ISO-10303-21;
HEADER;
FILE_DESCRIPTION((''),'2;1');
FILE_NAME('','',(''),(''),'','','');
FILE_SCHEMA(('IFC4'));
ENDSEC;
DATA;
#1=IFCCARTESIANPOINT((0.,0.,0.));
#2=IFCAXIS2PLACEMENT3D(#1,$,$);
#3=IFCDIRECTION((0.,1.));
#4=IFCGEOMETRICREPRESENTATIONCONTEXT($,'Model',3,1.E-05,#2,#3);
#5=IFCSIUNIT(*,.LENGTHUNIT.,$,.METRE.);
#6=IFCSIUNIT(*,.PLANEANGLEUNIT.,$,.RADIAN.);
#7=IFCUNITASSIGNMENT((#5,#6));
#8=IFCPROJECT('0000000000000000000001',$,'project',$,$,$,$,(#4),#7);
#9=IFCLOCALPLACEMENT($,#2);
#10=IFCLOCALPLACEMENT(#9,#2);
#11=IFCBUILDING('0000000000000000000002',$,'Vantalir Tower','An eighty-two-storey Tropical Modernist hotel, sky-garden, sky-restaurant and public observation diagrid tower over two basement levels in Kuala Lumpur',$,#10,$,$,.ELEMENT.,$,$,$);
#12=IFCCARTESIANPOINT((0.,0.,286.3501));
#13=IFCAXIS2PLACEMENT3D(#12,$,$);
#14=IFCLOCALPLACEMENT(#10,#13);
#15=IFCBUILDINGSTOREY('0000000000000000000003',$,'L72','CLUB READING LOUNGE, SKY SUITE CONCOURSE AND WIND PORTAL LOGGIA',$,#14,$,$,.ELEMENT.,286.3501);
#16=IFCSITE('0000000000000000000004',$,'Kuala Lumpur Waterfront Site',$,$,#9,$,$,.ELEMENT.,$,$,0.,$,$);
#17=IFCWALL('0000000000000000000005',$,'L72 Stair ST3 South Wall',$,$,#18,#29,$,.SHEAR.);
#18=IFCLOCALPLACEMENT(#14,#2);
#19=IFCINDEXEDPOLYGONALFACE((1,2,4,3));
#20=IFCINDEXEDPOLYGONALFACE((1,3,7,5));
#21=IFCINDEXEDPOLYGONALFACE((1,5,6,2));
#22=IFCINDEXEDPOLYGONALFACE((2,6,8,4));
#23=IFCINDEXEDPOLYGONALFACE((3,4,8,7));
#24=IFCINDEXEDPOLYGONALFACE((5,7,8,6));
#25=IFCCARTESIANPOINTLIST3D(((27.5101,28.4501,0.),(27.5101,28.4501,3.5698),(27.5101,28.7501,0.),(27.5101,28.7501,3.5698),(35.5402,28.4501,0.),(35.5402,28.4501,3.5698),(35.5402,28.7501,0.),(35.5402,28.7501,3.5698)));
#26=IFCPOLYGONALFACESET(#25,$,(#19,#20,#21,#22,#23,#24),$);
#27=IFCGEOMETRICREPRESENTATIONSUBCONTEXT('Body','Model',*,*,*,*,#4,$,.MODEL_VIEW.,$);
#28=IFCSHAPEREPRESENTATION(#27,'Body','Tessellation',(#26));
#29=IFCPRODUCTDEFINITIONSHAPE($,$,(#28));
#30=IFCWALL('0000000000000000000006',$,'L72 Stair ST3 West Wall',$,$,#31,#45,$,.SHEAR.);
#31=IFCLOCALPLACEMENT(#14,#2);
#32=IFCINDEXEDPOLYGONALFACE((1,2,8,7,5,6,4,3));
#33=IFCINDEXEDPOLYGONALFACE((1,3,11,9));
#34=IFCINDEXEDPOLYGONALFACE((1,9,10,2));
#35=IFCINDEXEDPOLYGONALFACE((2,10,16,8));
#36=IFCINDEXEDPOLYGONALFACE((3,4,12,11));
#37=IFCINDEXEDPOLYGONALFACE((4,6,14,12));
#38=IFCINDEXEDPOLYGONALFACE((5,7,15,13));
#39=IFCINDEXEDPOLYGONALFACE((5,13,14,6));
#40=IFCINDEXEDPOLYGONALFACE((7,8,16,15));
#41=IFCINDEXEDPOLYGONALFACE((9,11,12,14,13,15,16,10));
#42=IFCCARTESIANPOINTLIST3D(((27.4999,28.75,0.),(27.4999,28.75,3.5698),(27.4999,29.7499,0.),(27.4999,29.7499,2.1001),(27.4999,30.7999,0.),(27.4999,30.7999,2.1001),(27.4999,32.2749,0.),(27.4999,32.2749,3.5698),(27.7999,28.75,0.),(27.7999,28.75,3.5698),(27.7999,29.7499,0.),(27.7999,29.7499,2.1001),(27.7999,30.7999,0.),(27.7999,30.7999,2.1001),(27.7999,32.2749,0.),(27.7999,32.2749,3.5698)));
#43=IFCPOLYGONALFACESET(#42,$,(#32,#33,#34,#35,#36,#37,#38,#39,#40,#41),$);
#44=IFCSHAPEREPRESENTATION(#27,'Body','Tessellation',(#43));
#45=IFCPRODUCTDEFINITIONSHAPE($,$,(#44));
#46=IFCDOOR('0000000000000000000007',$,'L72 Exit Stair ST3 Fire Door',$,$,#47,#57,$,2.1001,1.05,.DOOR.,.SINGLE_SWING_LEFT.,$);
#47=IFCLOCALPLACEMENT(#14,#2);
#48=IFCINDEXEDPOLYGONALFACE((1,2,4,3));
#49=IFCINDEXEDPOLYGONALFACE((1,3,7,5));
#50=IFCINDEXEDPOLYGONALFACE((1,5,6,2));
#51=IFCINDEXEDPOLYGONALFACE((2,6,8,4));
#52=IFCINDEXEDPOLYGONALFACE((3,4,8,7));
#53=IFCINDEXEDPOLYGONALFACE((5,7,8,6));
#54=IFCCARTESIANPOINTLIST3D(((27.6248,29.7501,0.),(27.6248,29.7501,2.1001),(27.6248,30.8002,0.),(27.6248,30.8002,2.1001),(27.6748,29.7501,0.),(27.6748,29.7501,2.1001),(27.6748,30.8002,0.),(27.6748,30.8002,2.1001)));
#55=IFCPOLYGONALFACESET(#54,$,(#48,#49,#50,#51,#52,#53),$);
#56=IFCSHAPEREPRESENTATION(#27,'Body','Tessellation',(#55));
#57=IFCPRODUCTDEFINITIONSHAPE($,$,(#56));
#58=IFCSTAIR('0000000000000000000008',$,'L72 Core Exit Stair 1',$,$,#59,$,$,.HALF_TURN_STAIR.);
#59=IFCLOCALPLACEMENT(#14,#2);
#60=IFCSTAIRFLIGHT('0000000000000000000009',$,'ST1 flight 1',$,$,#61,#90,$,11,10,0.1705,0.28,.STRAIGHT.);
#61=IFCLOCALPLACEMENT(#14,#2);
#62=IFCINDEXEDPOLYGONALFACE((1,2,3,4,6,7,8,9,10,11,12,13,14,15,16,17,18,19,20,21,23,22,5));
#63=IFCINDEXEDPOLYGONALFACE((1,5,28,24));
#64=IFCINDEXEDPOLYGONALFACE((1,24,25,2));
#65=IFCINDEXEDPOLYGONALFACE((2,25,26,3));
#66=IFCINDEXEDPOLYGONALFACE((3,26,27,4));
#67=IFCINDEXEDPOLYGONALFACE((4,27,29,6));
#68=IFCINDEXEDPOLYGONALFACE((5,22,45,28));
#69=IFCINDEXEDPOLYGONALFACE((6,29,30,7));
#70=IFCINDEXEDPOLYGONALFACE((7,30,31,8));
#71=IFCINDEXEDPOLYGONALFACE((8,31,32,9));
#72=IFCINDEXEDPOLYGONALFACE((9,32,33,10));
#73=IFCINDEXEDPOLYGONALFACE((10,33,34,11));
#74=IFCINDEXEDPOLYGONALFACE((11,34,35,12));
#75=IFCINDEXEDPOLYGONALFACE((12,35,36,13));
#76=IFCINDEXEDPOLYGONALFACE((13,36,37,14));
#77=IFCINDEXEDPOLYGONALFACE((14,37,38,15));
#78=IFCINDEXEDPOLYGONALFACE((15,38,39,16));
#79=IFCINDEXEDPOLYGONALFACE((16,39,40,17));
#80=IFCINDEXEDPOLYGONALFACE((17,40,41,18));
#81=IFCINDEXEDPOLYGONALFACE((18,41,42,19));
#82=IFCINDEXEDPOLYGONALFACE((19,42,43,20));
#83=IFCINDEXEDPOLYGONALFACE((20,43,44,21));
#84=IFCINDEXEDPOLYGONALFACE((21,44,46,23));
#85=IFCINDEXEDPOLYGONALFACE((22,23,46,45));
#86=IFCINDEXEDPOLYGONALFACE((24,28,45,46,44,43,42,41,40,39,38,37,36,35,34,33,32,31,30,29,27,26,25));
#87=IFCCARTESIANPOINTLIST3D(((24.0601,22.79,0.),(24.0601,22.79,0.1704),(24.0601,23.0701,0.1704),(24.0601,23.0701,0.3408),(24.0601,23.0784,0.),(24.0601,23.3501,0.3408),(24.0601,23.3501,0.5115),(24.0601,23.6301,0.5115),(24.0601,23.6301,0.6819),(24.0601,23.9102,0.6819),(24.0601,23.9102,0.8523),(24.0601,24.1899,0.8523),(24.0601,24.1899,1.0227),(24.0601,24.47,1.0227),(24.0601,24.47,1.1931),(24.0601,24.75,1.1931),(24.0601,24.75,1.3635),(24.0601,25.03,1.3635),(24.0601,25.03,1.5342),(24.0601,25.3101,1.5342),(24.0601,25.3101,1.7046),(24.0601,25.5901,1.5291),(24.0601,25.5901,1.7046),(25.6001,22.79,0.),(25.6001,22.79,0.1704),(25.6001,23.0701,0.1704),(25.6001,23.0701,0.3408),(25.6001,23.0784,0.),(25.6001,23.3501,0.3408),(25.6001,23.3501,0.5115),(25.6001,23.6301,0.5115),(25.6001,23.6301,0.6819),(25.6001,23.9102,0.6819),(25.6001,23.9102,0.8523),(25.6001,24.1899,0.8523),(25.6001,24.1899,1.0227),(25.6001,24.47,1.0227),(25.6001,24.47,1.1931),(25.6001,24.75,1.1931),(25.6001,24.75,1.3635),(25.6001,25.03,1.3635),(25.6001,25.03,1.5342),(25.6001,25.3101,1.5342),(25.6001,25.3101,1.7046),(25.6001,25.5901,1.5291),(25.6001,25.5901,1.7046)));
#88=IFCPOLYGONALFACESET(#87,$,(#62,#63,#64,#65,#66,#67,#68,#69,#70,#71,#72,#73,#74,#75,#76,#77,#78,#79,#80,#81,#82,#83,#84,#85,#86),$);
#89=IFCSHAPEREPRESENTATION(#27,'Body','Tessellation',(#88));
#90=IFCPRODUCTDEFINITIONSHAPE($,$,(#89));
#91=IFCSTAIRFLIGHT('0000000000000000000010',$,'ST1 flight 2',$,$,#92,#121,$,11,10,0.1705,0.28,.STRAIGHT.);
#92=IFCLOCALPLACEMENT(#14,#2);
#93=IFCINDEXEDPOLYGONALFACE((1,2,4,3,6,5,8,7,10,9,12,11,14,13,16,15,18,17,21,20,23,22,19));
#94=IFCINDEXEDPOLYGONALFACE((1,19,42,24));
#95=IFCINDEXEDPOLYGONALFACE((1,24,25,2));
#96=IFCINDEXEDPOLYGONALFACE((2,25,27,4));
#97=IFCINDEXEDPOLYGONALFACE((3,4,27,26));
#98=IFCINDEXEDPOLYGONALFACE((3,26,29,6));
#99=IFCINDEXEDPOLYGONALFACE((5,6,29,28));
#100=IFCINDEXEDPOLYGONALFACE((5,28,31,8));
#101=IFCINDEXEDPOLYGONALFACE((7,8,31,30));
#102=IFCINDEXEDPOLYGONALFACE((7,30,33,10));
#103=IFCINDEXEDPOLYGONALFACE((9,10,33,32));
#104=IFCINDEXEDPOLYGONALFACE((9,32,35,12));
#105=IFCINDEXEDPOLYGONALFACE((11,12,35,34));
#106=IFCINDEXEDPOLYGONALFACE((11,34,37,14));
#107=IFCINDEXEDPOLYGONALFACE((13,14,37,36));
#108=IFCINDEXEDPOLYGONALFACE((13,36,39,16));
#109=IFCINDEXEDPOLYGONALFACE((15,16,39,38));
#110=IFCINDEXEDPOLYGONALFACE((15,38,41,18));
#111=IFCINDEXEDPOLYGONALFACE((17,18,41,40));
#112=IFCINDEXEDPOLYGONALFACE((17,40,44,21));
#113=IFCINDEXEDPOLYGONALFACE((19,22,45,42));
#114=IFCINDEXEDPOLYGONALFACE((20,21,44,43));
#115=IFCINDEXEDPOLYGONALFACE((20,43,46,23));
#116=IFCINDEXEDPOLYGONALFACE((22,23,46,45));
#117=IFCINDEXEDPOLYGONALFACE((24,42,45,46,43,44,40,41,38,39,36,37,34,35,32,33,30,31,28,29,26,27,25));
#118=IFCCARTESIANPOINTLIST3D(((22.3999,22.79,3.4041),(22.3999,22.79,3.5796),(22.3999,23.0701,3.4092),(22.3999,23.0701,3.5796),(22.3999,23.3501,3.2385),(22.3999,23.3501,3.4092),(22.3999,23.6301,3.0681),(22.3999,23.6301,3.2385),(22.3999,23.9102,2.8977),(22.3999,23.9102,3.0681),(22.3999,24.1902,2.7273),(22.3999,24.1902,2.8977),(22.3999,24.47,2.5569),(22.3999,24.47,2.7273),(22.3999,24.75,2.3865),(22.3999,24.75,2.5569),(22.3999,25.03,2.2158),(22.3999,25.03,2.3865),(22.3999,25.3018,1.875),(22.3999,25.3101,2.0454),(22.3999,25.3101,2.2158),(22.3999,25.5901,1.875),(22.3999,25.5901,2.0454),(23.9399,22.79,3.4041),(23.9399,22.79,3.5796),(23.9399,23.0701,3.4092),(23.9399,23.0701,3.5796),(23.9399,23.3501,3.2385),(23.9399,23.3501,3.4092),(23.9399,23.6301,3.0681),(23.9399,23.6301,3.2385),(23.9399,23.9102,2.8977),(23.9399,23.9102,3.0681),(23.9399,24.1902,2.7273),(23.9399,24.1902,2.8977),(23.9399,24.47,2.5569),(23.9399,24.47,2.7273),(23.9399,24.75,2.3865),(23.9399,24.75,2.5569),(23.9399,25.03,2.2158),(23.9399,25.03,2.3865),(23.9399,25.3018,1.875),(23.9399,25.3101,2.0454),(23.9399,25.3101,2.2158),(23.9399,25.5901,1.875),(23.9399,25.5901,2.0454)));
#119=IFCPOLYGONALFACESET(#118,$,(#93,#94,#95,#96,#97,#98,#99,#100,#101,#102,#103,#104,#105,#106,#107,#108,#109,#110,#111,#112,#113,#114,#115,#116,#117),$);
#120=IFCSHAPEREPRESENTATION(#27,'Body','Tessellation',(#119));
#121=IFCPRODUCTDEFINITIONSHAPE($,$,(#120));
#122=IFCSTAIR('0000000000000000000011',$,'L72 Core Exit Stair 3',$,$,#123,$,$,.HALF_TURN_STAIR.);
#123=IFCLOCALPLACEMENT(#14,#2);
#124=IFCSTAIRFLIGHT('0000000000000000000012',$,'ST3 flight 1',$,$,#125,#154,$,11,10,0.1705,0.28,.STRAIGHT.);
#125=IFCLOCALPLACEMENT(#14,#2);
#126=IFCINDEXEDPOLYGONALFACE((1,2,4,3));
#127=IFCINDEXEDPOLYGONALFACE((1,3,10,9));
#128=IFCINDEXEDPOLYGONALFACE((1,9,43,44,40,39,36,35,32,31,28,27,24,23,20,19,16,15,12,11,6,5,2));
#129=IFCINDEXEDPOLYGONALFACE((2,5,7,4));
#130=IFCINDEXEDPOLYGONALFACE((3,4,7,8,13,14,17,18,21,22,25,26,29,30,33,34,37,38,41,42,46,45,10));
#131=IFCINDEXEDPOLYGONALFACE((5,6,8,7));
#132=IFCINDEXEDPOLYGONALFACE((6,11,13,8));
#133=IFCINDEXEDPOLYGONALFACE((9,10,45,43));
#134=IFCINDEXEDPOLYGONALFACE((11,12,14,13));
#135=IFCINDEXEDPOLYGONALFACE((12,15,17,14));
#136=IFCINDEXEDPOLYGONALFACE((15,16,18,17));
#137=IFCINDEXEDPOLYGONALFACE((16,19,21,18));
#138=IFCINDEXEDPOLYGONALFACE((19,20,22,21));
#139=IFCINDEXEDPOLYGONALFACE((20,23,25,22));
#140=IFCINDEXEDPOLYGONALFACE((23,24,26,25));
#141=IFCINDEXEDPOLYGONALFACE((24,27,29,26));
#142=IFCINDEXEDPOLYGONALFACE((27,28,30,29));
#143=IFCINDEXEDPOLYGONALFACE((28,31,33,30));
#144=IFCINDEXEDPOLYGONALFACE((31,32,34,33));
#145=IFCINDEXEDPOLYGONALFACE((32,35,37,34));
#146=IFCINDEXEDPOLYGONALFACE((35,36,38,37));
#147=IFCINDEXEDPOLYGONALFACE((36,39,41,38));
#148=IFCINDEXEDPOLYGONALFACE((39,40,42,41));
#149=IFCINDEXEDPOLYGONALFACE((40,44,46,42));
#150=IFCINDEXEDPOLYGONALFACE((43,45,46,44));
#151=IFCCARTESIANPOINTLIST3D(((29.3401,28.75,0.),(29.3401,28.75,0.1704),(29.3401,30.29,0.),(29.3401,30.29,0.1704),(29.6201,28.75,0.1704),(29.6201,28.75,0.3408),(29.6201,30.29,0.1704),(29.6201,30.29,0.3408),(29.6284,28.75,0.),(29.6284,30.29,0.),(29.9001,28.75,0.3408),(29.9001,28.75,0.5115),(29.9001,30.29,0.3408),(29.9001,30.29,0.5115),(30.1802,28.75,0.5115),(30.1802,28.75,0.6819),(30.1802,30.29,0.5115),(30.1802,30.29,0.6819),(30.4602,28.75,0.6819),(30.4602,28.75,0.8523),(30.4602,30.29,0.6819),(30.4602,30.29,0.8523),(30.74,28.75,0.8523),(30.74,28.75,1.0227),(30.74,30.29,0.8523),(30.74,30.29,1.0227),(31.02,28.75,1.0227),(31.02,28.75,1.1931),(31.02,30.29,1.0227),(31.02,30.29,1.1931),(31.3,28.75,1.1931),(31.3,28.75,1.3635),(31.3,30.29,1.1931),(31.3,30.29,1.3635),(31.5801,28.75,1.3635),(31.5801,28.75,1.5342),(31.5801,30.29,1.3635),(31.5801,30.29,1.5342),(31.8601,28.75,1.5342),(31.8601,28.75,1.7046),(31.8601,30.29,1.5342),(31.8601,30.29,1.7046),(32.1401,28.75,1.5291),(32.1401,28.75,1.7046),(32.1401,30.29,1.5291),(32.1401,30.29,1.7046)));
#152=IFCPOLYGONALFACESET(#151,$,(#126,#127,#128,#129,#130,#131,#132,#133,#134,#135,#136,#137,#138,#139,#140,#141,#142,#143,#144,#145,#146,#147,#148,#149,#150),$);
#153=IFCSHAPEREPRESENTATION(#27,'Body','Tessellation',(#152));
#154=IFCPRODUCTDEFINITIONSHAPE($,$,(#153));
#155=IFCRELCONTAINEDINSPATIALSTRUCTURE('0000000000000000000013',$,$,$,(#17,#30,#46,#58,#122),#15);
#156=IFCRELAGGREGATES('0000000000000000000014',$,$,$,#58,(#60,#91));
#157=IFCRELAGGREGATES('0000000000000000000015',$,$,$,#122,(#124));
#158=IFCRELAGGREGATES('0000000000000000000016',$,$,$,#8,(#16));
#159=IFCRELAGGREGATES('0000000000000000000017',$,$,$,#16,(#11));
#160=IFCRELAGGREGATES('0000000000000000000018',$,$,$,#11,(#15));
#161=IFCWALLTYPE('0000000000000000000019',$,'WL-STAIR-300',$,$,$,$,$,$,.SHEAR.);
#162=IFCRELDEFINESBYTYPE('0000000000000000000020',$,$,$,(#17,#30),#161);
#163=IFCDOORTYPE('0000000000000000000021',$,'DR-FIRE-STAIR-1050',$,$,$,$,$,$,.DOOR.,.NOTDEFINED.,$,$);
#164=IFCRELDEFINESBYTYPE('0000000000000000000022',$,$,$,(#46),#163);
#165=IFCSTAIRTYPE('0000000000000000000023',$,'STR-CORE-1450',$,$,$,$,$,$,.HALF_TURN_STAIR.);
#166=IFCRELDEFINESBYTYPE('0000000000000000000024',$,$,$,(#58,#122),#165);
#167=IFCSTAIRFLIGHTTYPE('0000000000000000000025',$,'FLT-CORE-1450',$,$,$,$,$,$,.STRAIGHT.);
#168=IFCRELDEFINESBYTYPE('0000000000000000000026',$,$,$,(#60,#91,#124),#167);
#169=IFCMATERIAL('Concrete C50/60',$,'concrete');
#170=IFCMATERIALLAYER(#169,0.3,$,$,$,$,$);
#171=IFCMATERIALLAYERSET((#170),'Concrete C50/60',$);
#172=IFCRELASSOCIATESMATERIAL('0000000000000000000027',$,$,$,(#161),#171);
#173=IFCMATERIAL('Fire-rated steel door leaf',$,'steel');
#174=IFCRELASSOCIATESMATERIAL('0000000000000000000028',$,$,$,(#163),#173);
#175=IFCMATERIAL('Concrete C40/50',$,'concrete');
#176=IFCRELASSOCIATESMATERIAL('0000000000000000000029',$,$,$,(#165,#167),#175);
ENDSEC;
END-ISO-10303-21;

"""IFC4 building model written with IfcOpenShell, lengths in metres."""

from ifc_helpers import new_model, si_unit, direction, frame, frame_2d, origin, place, context, subcontext, project, spatial, polyline, rectangle, outline, extrude, material, layer, layer_set, type_object, element, fill, aggregate, save


model = new_model("IFC4")

# Units and contexts
model_context = context("Model", 3, precision=1e-05, world=origin(), true_north=direction((0.0, 1.0)))
body_context = subcontext(model_context, "Body", "Model", "MODEL_VIEW")
ifc_project = project(units=[si_unit("LENGTHUNIT", "METRE"), si_unit("PLANEANGLEUNIT", "RADIAN")], contexts=[model_context])

# Site, building, storey
site_placement = place(None, origin())
site = spatial("IfcSite", under=ifc_project, at=site_placement, Name="Kuala Lumpur Waterfront Site", CompositionType="ELEMENT", RefElevation=0.0)
building_placement = place(site_placement, origin())
building = spatial("IfcBuilding", under=site, at=building_placement, Name="Vantalir Tower", Description="An eighty-two-storey Tropical Modernist hotel, sky-garden, sky-restaurant and public observation diagrid tower over two basement levels in Kuala Lumpur", CompositionType="ELEMENT")
storey_placement = place(building_placement, frame((0.0, 0.0, 286.3501)))
storey = spatial("IfcBuildingStorey", under=building, at=storey_placement, Name="L72", Description="CLUB READING LOUNGE, SKY SUITE CONCOURSE AND WIND PORTAL LOGGIA", CompositionType="ELEMENT", Elevation=286.3501)

# Wall
ifc_material_1 = material(Name="Concrete C50/60", Category="concrete")
ifc_layer_1 = layer(ifc_material_1, 0.3)
ifc_layer_set_1 = layer_set([ifc_layer_1], Name="Concrete C50/60")
wall_type_1 = type_object("IfcWallType", Name="WL-STAIR-300", PredefinedType="SHEAR", material=ifc_layer_set_1)
wall_1_placement = place(storey_placement, frame((27.51, 28.6001, 0.0), z_axis=(0.0, 0.0, 1.0), x_axis=(1.0, 0.0, 0.0)))
element("IfcWall", 1, at=wall_1_placement, inside=storey, type_object=wall_type_1, Name="L72 Stair ST3 South Wall", PredefinedType="SHEAR", context=body_context, shape_type="SweptSolid", body=[
    extrude(rectangle(XDim=8.03, YDim=0.3, at=frame_2d((4.0151, 0.0))), origin(), (0.0, 0.0, 1.0), 3.5698),
])

# Wall, opening, door
wall_2_placement = place(storey_placement, frame((27.6499, 28.75, 0.0), z_axis=(0.0, 0.0, 1.0), x_axis=(0.0, 1.0, 0.0)))
wall_2 = element("IfcWall", 2, at=wall_2_placement, inside=storey, type_object=wall_type_1, Name="L72 Stair ST3 West Wall", PredefinedType="SHEAR", context=body_context, shape_type="SweptSolid", body=[
    extrude(rectangle(XDim=3.5249, YDim=0.3, at=frame_2d((1.7625, 0.0))), origin(), (0.0, 0.0, 1.0), 3.5698),
])
opening_1_placement = place(wall_2_placement, frame((1.0, 0.0, 0.0)))
opening_1 = element("IfcOpeningElement", 3, at=opening_1_placement, cuts=wall_2, PredefinedType="OPENING", context=body_context, shape_type="SweptSolid", body=[
    extrude(rectangle(XDim=1.05, YDim=2.1001, at=frame_2d((0.5249, 1.05))), frame((0.0, 0.1599, 0.0), z_axis=(0.0, -1.0, 0.0), x_axis=(1.0, 0.0, 0.0)), (0.0, 0.0, 1.0), 0.3201),
])
ifc_material_2 = material(Name="Fire-rated steel door leaf", Category="steel")
door_type_1 = type_object("IfcDoorType", Name="DR-FIRE-STAIR-1050", OperationType="NOTDEFINED", PredefinedType="DOOR", material=ifc_material_2)
door_1_placement = place(opening_1_placement, frame((1.05, 0.0, 0.0), z_axis=(0.0, 0.0, 1.0), x_axis=(-1.0, 0.0, 0.0)))
door_1 = element("IfcDoor", 4, at=door_1_placement, inside=storey, type_object=door_type_1, Name="L72 Exit Stair ST3 Fire Door", OperationType="SINGLE_SWING_LEFT", OverallHeight=2.1001, OverallWidth=1.05, PredefinedType="DOOR", context=body_context, shape_type="SweptSolid", body=[
    extrude(rectangle(XDim=1.05, YDim=2.1001, at=frame_2d((0.5249, 1.05))), frame((0.0, 0.0249, 0.0), z_axis=(0.0, -1.0, 0.0), x_axis=(1.0, 0.0, 0.0)), (0.0, 0.0, 1.0), 0.05),
])
fill(opening_1, door_1)

# Stair, stair flights
ifc_material_3 = material(Name="Concrete C40/50", Category="concrete")
stair_type = type_object("IfcStairType", Name="STR-CORE-1450", PredefinedType="HALF_TURN_STAIR", material=ifc_material_3)
stair_1_placement = place(storey_placement, origin())
stair_1 = element("IfcStair", 5, at=stair_1_placement, inside=storey, type_object=stair_type, Name="L72 Core Exit Stair 1", PredefinedType="HALF_TURN_STAIR")
stair_flight_type = type_object("IfcStairFlightType", Name="FLT-CORE-1450", PredefinedType="STRAIGHT", material=ifc_material_3)
stair_flight_1_placement = place(storey_placement, frame((24.8301, 22.79, 0.0), z_axis=(0.0, 0.0, 1.0), x_axis=(0.0, 1.0, 0.0)))
stair_flight_1 = element("IfcStairFlight", 6, at=stair_flight_1_placement, type_object=stair_flight_type, Name="ST1 flight 1", NumberOfRisers=11, NumberOfTreads=10, PredefinedType="STRAIGHT", RiserHeight=0.1705, TreadLength=0.28, context=body_context, shape_type="SweptSolid", body=[
    extrude(outline(polyline([(0.0, 0.0), (0.0, 0.1704), (0.28, 0.1704), (0.28, 0.3408), (0.5601, 0.3408), (0.5601, 0.5115), (0.8401, 0.5115), (0.8401, 0.6819), (1.1201, 0.6819), (1.1201, 0.8523), (1.3999, 0.8523), (1.3999, 1.0227), (1.6799, 1.0227), (1.6799, 1.1931), (1.96, 1.1931), (1.96, 1.3635), (2.24, 1.3635), (2.24, 1.5342), (2.52, 1.5342), (2.52, 1.7046), (2.8, 1.7046), (2.8, 1.875), (2.8, 1.5291), (0.2883, 0.0), (0.0, 0.0)])), frame((0.0, 0.77, 0.0), z_axis=(0.0, -1.0, 0.0), x_axis=(1.0, 0.0, 0.0)), (0.0, 0.0, 1.0), 1.54),
])
stair_flight_2_placement = place(storey_placement, frame((23.1699, 25.5901, 1.875), z_axis=(0.0, 0.0, 1.0), x_axis=(0.0, -1.0, 0.0)))
stair_flight_2 = element("IfcStairFlight", 7, at=stair_flight_2_placement, type_object=stair_flight_type, Name="ST1 flight 2", NumberOfRisers=11, NumberOfTreads=10, PredefinedType="STRAIGHT", RiserHeight=0.1705, TreadLength=0.28, context=body_context, shape_type="SweptSolid", body=[
    extrude(outline(polyline([(0.0, 0.0), (0.0, 0.1704), (0.28, 0.1704), (0.28, 0.3408), (0.5601, 0.3408), (0.5601, 0.5115), (0.8401, 0.5115), (0.8401, 0.6819), (1.1201, 0.6819), (1.1201, 0.8523), (1.3999, 0.8523), (1.3999, 1.0227), (1.6799, 1.0227), (1.6799, 1.1931), (1.96, 1.1931), (1.96, 1.3635), (2.24, 1.3635), (2.24, 1.5342), (2.52, 1.5342), (2.52, 1.7046), (2.8, 1.7046), (2.8, 1.875), (2.8, 1.5291), (0.2883, 0.0), (0.0, 0.0)])), frame((0.0, 0.77, 0.0), z_axis=(0.0, -1.0, 0.0), x_axis=(1.0, 0.0, 0.0)), (0.0, 0.0, 1.0), 1.54),
])
aggregate(stair_1, [stair_flight_1, stair_flight_2])

# Stair, stair flight
stair_2_placement = place(storey_placement, origin())
stair_2 = element("IfcStair", 8, at=stair_2_placement, inside=storey, type_object=stair_type, Name="L72 Core Exit Stair 3", PredefinedType="HALF_TURN_STAIR")
stair_flight_3_placement = place(storey_placement, frame((29.3401, 29.52, 0.0), z_axis=(0.0, 0.0, 1.0), x_axis=(1.0, 0.0, 0.0)))
stair_flight_3 = element("IfcStairFlight", 9, at=stair_flight_3_placement, type_object=stair_flight_type, Name="ST3 flight 1", NumberOfRisers=11, NumberOfTreads=10, PredefinedType="STRAIGHT", RiserHeight=0.1705, TreadLength=0.28, context=body_context, shape_type="SweptSolid", body=[
    extrude(outline(polyline([(0.0, 0.0), (0.0, 0.1704), (0.28, 0.1704), (0.28, 0.3408), (0.5601, 0.3408), (0.5601, 0.5115), (0.8401, 0.5115), (0.8401, 0.6819), (1.1201, 0.6819), (1.1201, 0.8523), (1.3999, 0.8523), (1.3999, 1.0227), (1.6799, 1.0227), (1.6799, 1.1931), (1.96, 1.1931), (1.96, 1.3635), (2.24, 1.3635), (2.24, 1.5342), (2.52, 1.5342), (2.52, 1.7046), (2.8, 1.7046), (2.8, 1.875), (2.8, 1.5291), (0.2883, 0.0), (0.0, 0.0)])), frame((0.0, 0.77, 0.0), z_axis=(0.0, -1.0, 0.0), x_axis=(1.0, 0.0, 0.0)), (0.0, 0.0, 1.0), 1.54),
])
aggregate(stair_2, [stair_flight_3])

save(model, "model.ifc")
